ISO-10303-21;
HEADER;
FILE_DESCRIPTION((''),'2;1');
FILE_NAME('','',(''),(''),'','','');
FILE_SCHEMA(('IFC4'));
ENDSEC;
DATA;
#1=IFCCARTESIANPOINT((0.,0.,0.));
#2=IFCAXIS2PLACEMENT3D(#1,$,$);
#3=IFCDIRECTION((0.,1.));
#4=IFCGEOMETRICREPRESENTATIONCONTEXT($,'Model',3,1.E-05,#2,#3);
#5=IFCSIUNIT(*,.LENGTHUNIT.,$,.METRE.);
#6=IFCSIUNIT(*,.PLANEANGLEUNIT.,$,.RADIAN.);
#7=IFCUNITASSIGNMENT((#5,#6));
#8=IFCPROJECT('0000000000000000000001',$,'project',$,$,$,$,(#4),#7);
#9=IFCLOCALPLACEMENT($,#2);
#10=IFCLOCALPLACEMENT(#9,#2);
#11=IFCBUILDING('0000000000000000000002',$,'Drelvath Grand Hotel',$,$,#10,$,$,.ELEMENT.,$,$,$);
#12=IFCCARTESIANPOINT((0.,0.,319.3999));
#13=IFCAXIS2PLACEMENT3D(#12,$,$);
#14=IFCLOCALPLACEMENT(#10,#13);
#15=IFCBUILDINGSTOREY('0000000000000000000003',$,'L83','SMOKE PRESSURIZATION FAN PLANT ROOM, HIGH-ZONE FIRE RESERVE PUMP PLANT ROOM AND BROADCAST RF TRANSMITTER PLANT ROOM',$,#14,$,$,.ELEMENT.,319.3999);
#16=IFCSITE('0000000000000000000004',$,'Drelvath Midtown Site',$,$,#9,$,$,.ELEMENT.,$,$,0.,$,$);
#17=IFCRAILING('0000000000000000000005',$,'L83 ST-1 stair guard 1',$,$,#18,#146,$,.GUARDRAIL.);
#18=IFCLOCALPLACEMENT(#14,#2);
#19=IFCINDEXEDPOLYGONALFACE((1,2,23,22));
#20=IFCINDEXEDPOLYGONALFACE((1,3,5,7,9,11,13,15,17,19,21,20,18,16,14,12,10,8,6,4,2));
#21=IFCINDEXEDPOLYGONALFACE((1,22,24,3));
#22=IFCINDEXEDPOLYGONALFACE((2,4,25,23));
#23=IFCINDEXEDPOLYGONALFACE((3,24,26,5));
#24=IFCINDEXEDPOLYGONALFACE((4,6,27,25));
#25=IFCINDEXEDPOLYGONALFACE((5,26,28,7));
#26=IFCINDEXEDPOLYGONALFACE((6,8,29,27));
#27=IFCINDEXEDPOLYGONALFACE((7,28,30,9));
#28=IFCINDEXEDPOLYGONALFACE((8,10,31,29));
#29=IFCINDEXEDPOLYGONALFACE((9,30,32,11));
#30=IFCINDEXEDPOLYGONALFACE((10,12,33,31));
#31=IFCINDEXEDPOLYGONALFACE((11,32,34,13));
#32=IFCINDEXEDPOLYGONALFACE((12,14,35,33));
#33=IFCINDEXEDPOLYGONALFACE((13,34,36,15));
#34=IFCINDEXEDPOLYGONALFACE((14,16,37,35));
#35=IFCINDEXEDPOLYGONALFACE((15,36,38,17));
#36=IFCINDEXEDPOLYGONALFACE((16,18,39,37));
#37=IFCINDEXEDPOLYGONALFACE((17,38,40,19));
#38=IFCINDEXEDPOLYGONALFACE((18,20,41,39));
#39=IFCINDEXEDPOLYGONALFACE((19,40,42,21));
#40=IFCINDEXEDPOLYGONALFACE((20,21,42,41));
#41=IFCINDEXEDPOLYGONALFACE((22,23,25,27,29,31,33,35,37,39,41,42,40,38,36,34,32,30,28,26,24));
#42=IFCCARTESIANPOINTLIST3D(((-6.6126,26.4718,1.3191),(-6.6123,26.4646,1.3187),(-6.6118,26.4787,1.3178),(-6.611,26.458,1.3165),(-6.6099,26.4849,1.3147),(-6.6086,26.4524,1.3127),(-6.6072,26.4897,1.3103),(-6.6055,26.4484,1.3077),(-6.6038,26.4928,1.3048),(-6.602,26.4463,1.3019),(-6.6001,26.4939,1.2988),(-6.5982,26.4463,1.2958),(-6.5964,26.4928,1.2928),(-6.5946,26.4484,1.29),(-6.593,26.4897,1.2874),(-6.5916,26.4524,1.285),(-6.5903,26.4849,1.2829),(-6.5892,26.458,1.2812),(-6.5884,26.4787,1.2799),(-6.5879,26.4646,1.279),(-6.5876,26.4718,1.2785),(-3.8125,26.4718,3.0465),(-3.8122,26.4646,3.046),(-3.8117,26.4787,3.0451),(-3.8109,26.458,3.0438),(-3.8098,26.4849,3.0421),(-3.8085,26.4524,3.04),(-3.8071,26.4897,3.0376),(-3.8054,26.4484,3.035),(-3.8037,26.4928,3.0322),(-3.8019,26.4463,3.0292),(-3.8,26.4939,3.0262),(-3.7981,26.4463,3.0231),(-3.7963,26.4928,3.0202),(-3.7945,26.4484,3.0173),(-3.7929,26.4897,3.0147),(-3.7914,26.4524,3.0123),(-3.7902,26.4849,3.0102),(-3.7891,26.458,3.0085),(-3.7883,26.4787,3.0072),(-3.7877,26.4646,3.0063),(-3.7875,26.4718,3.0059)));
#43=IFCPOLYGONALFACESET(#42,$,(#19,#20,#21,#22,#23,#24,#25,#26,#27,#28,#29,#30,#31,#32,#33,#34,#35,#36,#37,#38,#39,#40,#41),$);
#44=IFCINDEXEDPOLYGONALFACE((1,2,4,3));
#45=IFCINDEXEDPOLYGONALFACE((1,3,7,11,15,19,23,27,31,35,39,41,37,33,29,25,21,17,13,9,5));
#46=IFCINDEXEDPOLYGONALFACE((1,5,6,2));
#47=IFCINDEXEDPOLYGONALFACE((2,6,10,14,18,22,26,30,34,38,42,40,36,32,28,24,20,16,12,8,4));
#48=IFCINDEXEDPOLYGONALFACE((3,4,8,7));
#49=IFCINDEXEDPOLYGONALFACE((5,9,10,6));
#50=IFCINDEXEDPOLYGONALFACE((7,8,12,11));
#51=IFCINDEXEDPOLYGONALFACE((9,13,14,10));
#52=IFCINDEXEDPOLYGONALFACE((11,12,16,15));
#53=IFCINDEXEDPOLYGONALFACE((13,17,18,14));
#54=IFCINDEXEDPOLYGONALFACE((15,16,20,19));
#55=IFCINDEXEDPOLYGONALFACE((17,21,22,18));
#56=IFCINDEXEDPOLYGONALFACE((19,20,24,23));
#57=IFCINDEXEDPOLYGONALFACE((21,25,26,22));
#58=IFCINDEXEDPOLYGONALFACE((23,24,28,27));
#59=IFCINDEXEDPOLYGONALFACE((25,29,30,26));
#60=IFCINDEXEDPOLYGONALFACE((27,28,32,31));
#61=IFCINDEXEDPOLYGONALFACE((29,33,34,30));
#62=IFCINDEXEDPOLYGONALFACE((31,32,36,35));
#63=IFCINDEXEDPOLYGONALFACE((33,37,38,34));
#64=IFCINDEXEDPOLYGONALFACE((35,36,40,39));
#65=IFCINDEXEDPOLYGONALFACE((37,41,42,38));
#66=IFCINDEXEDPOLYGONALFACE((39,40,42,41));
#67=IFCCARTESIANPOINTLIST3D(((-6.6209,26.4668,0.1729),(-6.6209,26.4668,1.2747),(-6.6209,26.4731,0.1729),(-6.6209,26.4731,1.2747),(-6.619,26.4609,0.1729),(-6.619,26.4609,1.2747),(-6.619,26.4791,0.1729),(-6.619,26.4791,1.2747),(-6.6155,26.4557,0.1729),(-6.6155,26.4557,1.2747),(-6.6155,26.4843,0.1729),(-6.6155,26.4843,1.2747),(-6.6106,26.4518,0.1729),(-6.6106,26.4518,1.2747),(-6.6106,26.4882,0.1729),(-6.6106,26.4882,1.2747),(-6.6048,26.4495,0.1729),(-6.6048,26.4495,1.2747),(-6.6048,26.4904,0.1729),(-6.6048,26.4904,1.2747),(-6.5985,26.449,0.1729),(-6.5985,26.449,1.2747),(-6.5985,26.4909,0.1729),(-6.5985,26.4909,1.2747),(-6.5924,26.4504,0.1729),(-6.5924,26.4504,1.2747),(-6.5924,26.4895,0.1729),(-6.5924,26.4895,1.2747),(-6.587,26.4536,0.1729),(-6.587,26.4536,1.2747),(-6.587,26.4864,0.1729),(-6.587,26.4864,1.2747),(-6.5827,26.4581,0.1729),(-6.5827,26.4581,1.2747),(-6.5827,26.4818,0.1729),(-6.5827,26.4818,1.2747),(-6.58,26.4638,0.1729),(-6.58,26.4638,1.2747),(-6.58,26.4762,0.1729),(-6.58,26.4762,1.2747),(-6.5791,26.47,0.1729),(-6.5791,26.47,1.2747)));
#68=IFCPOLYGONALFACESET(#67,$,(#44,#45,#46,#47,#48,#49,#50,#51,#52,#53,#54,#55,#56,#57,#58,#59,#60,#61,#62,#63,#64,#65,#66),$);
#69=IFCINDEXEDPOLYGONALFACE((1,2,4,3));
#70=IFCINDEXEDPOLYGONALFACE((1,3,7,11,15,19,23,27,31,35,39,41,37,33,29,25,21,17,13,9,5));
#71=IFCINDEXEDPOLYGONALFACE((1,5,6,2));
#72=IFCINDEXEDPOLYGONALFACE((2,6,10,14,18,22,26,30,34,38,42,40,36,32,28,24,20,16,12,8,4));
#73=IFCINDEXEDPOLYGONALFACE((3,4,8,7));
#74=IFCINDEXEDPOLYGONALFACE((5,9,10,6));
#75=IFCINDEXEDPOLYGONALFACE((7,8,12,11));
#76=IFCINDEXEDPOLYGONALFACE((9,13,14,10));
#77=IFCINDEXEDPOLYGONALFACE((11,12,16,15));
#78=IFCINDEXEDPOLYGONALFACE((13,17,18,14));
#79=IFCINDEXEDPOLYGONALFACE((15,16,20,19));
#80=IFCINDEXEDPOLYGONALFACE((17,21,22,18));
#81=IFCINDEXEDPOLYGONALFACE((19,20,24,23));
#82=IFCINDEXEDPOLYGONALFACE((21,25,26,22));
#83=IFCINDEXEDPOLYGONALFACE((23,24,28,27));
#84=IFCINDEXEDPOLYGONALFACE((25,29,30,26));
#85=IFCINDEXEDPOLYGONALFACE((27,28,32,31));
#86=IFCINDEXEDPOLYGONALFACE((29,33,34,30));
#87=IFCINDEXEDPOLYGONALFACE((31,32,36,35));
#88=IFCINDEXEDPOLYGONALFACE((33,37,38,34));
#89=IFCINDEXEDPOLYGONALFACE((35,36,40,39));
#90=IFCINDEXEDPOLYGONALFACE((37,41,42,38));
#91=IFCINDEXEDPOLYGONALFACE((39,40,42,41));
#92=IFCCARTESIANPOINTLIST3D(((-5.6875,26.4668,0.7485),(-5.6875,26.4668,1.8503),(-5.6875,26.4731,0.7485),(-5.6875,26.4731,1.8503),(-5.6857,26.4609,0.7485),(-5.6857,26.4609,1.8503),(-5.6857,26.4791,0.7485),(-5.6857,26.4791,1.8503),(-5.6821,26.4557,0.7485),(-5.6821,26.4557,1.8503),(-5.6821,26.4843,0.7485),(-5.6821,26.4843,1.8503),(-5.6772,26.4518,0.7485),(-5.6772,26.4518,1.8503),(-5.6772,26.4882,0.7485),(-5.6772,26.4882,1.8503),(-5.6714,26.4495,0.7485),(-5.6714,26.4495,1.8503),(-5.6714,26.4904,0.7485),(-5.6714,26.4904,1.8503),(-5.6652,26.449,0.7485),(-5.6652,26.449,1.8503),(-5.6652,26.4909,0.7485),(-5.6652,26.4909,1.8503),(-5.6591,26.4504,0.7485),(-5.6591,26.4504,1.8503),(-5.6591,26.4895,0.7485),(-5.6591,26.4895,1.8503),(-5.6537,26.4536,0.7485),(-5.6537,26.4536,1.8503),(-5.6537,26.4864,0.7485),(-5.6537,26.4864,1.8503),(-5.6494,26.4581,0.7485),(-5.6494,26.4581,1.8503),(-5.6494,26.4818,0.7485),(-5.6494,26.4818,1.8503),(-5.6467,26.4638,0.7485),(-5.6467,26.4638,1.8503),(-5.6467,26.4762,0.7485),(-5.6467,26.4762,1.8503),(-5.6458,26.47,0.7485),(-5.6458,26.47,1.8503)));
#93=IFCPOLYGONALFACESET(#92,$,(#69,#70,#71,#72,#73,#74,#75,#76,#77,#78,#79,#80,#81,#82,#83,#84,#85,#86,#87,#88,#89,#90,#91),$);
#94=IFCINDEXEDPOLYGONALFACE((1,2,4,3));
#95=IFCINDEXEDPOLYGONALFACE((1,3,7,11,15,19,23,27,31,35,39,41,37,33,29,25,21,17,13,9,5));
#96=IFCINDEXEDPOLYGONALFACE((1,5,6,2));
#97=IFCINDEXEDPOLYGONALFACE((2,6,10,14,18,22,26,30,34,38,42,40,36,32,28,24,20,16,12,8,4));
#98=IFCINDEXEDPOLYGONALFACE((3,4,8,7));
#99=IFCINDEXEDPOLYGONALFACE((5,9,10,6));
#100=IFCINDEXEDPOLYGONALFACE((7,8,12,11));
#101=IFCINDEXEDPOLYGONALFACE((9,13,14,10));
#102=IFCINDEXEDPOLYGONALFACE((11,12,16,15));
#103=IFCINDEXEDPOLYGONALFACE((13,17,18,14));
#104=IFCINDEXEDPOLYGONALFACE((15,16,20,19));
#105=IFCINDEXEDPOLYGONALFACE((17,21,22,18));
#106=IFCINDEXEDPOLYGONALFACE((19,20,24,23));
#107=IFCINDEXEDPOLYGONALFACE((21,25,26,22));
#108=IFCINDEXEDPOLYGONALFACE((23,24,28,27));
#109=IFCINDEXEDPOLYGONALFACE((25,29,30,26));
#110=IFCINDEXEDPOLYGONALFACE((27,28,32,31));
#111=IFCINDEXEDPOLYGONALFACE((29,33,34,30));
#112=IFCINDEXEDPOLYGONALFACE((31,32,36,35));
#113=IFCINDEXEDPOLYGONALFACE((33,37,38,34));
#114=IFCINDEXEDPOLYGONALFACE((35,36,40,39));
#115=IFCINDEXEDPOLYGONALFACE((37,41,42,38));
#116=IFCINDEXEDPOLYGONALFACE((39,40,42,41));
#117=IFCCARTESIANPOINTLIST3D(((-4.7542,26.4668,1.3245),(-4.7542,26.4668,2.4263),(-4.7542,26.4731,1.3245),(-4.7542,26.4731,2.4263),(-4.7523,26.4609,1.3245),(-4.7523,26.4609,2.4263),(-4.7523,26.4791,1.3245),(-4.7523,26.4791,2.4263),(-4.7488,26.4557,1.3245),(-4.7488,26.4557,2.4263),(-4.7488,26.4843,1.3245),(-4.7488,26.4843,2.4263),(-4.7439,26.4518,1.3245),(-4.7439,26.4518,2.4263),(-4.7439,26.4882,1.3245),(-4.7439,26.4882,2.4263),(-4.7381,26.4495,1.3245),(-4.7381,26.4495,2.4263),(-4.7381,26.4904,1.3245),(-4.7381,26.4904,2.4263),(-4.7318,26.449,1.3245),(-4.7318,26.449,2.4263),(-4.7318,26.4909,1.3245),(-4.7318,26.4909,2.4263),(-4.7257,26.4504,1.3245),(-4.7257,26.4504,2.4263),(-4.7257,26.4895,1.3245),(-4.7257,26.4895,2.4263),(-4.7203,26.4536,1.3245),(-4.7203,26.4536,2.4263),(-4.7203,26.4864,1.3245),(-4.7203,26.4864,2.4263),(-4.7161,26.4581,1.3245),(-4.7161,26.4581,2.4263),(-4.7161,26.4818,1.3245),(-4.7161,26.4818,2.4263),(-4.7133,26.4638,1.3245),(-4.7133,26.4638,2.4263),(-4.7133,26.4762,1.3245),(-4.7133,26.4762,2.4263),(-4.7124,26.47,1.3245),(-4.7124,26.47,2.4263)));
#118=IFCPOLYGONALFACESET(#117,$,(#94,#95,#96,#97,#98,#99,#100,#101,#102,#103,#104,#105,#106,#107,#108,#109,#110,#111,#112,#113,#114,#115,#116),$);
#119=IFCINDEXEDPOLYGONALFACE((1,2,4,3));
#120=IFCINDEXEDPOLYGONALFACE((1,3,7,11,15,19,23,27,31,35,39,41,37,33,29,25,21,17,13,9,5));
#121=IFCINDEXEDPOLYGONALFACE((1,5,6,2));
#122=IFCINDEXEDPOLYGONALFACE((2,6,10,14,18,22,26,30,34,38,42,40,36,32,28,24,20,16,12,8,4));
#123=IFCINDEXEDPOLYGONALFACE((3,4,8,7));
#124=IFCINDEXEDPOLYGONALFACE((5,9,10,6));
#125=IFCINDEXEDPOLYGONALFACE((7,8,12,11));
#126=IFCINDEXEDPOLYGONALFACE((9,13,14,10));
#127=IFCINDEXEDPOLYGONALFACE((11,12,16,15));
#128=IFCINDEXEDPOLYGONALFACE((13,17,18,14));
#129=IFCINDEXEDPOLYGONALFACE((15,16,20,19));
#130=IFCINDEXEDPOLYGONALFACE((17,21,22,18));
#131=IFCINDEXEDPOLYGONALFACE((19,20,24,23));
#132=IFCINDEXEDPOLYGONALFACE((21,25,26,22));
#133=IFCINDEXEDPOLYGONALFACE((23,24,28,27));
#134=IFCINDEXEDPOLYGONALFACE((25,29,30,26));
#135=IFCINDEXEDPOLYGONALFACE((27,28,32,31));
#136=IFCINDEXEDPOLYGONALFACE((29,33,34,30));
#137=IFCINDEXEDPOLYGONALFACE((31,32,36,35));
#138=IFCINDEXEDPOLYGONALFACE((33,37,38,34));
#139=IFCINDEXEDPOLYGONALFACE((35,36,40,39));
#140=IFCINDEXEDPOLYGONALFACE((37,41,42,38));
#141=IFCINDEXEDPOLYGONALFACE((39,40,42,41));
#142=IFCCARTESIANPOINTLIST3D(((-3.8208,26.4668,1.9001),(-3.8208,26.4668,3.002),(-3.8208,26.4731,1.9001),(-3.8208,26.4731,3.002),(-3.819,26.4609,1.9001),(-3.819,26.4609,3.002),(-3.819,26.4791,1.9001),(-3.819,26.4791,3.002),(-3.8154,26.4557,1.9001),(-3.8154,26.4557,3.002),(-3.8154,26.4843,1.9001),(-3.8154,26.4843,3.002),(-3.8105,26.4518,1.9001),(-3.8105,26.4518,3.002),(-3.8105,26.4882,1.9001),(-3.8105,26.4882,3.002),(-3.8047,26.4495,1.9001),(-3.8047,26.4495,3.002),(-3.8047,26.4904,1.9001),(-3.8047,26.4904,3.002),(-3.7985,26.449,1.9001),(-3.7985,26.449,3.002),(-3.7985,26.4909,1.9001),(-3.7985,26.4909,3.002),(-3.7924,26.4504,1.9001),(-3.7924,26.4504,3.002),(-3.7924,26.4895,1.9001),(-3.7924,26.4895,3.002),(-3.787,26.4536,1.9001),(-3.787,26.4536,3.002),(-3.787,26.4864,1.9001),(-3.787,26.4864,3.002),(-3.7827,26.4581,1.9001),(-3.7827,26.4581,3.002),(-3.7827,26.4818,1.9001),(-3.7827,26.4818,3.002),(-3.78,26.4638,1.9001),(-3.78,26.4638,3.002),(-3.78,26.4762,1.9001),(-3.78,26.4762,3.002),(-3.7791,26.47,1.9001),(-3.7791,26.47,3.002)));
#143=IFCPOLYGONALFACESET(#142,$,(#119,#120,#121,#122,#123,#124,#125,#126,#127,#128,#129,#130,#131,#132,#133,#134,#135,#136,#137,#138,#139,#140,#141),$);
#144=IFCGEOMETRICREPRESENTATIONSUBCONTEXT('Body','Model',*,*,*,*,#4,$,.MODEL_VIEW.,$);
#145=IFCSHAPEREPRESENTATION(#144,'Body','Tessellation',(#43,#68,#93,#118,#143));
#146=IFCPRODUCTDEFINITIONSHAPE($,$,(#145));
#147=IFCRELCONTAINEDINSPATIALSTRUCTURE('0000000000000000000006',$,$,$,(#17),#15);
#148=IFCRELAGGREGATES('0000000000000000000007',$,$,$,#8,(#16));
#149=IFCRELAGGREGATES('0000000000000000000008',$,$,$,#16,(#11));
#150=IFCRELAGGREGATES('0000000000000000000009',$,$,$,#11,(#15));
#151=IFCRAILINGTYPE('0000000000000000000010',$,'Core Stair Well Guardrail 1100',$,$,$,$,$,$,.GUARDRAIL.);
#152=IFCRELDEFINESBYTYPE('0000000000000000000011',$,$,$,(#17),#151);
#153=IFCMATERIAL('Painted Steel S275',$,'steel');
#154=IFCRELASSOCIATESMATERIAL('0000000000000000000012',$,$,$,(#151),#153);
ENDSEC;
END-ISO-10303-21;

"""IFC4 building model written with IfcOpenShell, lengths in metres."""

from ifc_helpers import new_model, si_unit, direction, frame, origin, origin_2d, place, context, subcontext, project, spatial, circle, extrude, material, type_object, element, save


model = new_model("IFC4")

# Units and contexts
model_context = context("Model", 3, precision=1e-05, world=origin(), true_north=direction((0.0, 1.0)))
body_context = subcontext(model_context, "Body", "Model", "MODEL_VIEW")
ifc_project = project(units=[si_unit("LENGTHUNIT", "METRE"), si_unit("PLANEANGLEUNIT", "RADIAN")], contexts=[model_context])

# Site, building, storey
site_placement = place(None, origin())
site = spatial("IfcSite", under=ifc_project, at=site_placement, Name="Drelvath Midtown Site", CompositionType="ELEMENT", RefElevation=0.0)
building_placement = place(site_placement, origin())
building = spatial("IfcBuilding", under=site, at=building_placement, Name="Drelvath Grand Hotel", CompositionType="ELEMENT")
storey_placement = place(building_placement, frame((0.0, 0.0, 319.3999)))
storey = spatial("IfcBuildingStorey", under=building, at=storey_placement, Name="L83", Description="SMOKE PRESSURIZATION FAN PLANT ROOM, HIGH-ZONE FIRE RESERVE PUMP PLANT ROOM AND BROADCAST RF TRANSMITTER PLANT ROOM", CompositionType="ELEMENT", Elevation=319.3999)

# Shared definitions
ifc_material_1 = material(Name="Painted Steel S275", Category="steel")

# Railing
railing_type_1 = type_object("IfcRailingType", Name="Core Stair Well Guardrail 1100", PredefinedType="GUARDRAIL", material=ifc_material_1)
railing_1_placement = place(storey_placement, frame((-6.6001, 26.47, 0.1729)))
element("IfcRailing", 1, at=railing_1_placement, inside=storey, type_object=railing_type_1, Name="L83 ST-1 stair guard 1", PredefinedType="GUARDRAIL", context=body_context, shape_type="SweptSolid", body=[
    extrude(circle(Radius=0.0239, at=origin_2d()), frame((0.0, 0.0, 1.126), z_axis=(0.85109, 0.0, 0.52502), x_axis=(0.0, 1.0, 0.0)), (0.0, 0.0, 1.0), 3.29),
    extrude(circle(Radius=0.021, at=origin_2d()), origin(), (0.0, 0.0, 1.0), 1.1018),
    extrude(circle(Radius=0.021, at=origin_2d()), frame((0.9333, 0.0, 0.5757)), (0.0, 0.0, 1.0), 1.1018),
    extrude(circle(Radius=0.021, at=origin_2d()), frame((1.8667, 0.0, 1.1516)), (0.0, 0.0, 1.0), 1.1018),
    extrude(circle(Radius=0.021, at=origin_2d()), frame((2.8, 0.0, 1.7273)), (0.0, 0.0, 1.0), 1.1018),
])

save(model, "model.ifc")
